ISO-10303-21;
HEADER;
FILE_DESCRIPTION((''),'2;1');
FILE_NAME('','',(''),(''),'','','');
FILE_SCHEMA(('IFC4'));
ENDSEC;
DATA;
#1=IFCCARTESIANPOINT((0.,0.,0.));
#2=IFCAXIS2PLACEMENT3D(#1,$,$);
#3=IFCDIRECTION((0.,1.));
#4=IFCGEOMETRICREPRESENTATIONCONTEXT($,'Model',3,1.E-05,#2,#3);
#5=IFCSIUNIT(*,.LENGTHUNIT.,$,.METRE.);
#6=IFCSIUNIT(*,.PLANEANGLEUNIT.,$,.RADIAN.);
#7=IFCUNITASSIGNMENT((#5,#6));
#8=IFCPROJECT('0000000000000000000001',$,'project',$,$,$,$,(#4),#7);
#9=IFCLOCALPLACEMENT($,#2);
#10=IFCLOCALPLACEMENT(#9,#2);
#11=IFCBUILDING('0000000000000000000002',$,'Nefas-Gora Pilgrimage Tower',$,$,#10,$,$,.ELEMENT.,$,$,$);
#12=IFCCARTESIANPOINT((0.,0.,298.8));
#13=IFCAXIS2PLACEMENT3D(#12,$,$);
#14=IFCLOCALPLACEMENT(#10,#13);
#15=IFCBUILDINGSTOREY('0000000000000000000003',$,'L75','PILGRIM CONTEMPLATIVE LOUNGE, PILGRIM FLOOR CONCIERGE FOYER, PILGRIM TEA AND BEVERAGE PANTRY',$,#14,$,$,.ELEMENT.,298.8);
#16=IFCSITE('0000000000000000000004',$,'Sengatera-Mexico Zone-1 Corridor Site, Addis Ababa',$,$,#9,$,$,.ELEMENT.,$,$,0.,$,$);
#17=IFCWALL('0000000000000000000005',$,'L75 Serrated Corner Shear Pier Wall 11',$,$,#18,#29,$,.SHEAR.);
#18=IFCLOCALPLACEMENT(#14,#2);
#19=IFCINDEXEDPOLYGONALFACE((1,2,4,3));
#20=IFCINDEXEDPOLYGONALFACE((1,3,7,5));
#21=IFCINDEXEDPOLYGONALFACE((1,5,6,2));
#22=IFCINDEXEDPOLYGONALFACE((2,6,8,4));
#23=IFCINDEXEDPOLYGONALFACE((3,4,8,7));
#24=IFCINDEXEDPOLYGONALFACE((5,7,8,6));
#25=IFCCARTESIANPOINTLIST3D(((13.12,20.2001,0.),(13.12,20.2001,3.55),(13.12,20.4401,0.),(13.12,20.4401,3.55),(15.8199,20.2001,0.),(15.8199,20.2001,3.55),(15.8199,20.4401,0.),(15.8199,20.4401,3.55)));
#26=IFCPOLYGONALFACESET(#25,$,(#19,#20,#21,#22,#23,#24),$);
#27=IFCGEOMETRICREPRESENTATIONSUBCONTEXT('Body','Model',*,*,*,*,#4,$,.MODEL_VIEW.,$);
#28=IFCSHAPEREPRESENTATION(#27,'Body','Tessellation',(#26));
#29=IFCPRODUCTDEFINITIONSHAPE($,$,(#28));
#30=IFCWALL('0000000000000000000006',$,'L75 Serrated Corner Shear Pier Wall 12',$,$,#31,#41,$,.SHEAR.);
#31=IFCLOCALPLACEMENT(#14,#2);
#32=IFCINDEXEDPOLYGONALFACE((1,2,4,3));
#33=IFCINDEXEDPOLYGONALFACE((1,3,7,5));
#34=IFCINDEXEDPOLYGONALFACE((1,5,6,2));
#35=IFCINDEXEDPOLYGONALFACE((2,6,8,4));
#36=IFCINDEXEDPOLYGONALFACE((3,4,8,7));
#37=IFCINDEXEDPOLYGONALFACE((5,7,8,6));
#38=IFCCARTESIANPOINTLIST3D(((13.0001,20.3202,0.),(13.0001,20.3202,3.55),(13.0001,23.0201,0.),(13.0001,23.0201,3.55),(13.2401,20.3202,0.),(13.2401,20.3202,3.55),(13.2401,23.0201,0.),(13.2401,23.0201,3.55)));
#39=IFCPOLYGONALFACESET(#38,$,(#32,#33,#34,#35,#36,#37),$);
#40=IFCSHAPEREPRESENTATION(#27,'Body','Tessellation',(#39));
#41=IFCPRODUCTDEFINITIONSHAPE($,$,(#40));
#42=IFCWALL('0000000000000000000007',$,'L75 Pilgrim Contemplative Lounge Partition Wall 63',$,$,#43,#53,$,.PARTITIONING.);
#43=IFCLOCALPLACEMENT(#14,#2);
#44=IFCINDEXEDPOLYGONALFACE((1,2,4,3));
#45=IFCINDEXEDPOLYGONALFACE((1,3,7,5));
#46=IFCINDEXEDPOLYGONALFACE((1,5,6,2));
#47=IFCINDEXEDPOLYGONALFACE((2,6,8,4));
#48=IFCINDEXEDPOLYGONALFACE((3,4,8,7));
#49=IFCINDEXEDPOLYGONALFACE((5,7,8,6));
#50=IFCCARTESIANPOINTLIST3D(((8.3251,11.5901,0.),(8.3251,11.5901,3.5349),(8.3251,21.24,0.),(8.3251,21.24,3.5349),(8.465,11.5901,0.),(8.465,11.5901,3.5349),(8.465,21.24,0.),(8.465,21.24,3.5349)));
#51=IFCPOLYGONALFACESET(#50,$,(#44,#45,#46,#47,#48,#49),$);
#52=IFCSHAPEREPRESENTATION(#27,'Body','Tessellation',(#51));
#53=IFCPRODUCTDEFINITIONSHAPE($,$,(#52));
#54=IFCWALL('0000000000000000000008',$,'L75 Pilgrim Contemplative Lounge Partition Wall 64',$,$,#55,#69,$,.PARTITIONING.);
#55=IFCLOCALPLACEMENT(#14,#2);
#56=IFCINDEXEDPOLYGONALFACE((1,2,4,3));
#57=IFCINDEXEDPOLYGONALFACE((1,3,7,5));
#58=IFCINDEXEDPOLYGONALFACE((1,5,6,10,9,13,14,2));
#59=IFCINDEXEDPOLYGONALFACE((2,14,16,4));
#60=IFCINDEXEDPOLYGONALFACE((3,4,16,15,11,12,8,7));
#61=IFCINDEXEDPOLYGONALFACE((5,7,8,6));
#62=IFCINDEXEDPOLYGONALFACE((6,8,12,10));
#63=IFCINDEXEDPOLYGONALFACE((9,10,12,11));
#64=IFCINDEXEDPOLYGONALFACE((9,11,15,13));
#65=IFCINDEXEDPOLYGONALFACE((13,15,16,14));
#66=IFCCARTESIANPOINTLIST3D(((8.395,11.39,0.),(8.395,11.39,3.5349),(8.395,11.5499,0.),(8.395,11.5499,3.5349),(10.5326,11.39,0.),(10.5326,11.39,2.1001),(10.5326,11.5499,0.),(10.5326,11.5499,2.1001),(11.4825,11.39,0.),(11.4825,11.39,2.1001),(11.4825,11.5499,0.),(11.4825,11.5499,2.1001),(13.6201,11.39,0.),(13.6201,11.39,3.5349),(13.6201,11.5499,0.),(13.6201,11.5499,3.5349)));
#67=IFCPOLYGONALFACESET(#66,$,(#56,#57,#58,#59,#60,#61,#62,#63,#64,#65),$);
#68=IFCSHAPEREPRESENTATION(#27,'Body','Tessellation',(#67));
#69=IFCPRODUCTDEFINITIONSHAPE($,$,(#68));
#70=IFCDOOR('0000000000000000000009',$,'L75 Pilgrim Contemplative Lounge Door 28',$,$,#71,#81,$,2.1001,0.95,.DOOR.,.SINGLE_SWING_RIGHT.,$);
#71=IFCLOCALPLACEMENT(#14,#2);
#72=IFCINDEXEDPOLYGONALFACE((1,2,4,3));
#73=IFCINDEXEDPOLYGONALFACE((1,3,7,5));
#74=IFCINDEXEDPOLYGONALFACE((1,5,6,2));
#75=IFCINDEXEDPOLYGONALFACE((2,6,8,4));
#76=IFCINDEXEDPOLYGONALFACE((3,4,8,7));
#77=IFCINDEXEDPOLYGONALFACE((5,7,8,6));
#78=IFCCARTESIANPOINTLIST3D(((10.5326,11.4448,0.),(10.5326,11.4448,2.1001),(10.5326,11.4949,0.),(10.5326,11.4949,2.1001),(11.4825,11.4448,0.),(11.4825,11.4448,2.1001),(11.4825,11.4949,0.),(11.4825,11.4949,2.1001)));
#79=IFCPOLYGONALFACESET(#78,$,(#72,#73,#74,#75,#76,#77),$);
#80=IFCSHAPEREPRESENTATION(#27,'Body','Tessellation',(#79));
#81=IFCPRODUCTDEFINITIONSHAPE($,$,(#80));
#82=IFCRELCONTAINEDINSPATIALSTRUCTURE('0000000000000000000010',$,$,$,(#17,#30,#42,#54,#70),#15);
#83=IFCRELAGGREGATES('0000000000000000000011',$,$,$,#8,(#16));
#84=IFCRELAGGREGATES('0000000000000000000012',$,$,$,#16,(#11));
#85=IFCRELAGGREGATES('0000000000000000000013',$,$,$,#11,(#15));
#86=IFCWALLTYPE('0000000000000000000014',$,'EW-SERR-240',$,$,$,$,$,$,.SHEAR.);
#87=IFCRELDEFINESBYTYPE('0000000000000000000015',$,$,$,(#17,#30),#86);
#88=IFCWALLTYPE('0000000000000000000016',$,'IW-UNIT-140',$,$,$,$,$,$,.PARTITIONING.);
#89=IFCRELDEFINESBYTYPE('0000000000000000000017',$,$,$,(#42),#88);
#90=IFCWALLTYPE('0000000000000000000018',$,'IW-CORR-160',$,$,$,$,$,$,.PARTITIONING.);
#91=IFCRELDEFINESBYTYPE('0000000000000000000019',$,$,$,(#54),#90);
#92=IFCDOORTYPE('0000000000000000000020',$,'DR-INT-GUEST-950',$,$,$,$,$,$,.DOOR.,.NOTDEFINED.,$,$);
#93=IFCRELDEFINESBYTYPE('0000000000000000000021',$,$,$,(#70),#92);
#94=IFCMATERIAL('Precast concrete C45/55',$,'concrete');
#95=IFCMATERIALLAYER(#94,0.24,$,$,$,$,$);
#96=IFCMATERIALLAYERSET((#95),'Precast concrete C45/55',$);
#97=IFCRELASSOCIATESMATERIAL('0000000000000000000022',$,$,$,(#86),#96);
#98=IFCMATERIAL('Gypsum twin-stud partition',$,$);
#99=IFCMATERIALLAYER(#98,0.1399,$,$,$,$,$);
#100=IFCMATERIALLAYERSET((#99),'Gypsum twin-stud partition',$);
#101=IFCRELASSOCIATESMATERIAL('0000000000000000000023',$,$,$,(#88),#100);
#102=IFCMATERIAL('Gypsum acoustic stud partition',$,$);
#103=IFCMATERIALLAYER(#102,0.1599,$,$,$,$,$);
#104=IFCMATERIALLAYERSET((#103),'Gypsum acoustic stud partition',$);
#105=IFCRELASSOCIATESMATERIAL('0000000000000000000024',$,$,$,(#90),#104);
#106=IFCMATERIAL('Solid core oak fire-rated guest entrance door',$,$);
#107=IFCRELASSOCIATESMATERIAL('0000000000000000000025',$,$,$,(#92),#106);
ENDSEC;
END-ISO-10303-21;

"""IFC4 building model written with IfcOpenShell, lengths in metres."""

from ifc_helpers import new_model, si_unit, direction, frame, frame_2d, origin, place, context, subcontext, project, spatial, rectangle, extrude, source, transform, mapped, material, layer, layer_set, type_object, element, fill, save


model = new_model("IFC4")

# Units and contexts
model_context = context("Model", 3, precision=1e-05, world=origin(), true_north=direction((0.0, 1.0)))
body_context = subcontext(model_context, "Body", "Model", "MODEL_VIEW")
ifc_project = project(units=[si_unit("LENGTHUNIT", "METRE"), si_unit("PLANEANGLEUNIT", "RADIAN")], contexts=[model_context])

# Site, building, storey
site_placement = place(None, origin())
site = spatial("IfcSite", under=ifc_project, at=site_placement, Name="Sengatera-Mexico Zone-1 Corridor Site, Addis Ababa", CompositionType="ELEMENT", RefElevation=0.0)
building_placement = place(site_placement, origin())
building = spatial("IfcBuilding", under=site, at=building_placement, Name="Nefas-Gora Pilgrimage Tower", CompositionType="ELEMENT")
storey_placement = place(building_placement, frame((0.0, 0.0, 298.8)))
storey = spatial("IfcBuildingStorey", under=building, at=storey_placement, Name="L75", Description="PILGRIM CONTEMPLATIVE LOUNGE, PILGRIM FLOOR CONCIERGE FOYER, PILGRIM TEA AND BEVERAGE PANTRY", CompositionType="ELEMENT", Elevation=298.8)

# Shared definitions
ifc_material_1 = material(Name="Precast concrete C45/55", Category="concrete")
ifc_layer_1 = layer(ifc_material_1, 0.24)
ifc_layer_set_1 = layer_set([ifc_layer_1], Name="Precast concrete C45/55")
wall_type_1 = type_object("IfcWallType", Name="EW-SERR-240", PredefinedType="SHEAR", material=ifc_layer_set_1)
shared_shape_1 = source(origin(), body_context, "Body", "SweptSolid", [
    extrude(rectangle(XDim=2.7, YDim=0.24, at=frame_2d((1.3501, 0.0))), origin(), (0.0, 0.0, 1.0), 3.55),
])

# Walls
for number, where, z_axis, x_axis, name in (
    (1, (15.8201, 20.3201, 0.0), (0.0, 0.0, 1.0), (-1.0, 0.0, 0.0), "L75 Serrated Corner Shear Pier Wall 11"),
    (2, (13.1201, 20.3201, 0.0), (0.0, 0.0, 1.0), (0.0, 1.0, 0.0), "L75 Serrated Corner Shear Pier Wall 12"),
):
    element("IfcWall", number, at=place(storey_placement, frame(where, z_axis=z_axis, x_axis=x_axis)), inside=storey, type_object=wall_type_1, Name=name, PredefinedType="SHEAR", context=body_context, shape_type="MappedRepresentation", body=[
        mapped(shared_shape_1, transform((0.0, 0.0, 0.0), x_axis=(1.0, 0.0, 0.0), y_axis=(0.0, 1.0, 0.0), z_axis=(0.0, 0.0, 1.0), scale=1.0)),
    ])
ifc_material_2 = material(Name="Gypsum twin-stud partition")
ifc_layer_2 = layer(ifc_material_2, 0.1399)
ifc_layer_set_2 = layer_set([ifc_layer_2], Name="Gypsum twin-stud partition")
wall_type_2 = type_object("IfcWallType", Name="IW-UNIT-140", PredefinedType="PARTITIONING", material=ifc_layer_set_2)
shared_shape_2 = source(origin(), body_context, "Body", "SweptSolid", [
    extrude(rectangle(XDim=9.6499, YDim=0.1399, at=frame_2d((4.825, 0.0))), origin(), (0.0, 0.0, 1.0), 3.5349),
])
wall_1_placement = place(storey_placement, frame((8.395, 11.5901, 0.0), z_axis=(0.0, 0.0, 1.0), x_axis=(0.0, 1.0, 0.0)))
element("IfcWall", 3, at=wall_1_placement, inside=storey, type_object=wall_type_2, Name="L75 Pilgrim Contemplative Lounge Partition Wall 63", PredefinedType="PARTITIONING", context=body_context, shape_type="MappedRepresentation", body=[
    mapped(shared_shape_2, transform((0.0, 0.0, 0.0), x_axis=(1.0, 0.0, 0.0), y_axis=(0.0, 1.0, 0.0), z_axis=(0.0, 0.0, 1.0), scale=1.0)),
])

# Wall, opening, door
ifc_material_3 = material(Name="Gypsum acoustic stud partition")
ifc_layer_3 = layer(ifc_material_3, 0.1599)
ifc_layer_set_3 = layer_set([ifc_layer_3], Name="Gypsum acoustic stud partition")
wall_type_3 = type_object("IfcWallType", Name="IW-CORR-160", PredefinedType="PARTITIONING", material=ifc_layer_set_3)
shared_shape_3 = source(origin(), body_context, "Body", "SweptSolid", [
    extrude(rectangle(XDim=5.2251, YDim=0.1599, at=frame_2d((2.6125, 0.0))), origin(), (0.0, 0.0, 1.0), 3.5349),
])
wall_2_placement = place(storey_placement, frame((8.395, 11.47, 0.0), z_axis=(0.0, 0.0, 1.0), x_axis=(1.0, 0.0, 0.0)))
wall_2 = element("IfcWall", 4, at=wall_2_placement, inside=storey, type_object=wall_type_3, Name="L75 Pilgrim Contemplative Lounge Partition Wall 64", PredefinedType="PARTITIONING", context=body_context, shape_type="MappedRepresentation", body=[
    mapped(shared_shape_3, transform((0.0, 0.0, 0.0), x_axis=(1.0, 0.0, 0.0), y_axis=(0.0, 1.0, 0.0), z_axis=(0.0, 0.0, 1.0), scale=1.0)),
])
opening_1_placement = place(wall_2_placement, frame((2.1375, 0.0, 0.0)))
opening_1 = element("IfcOpeningElement", 5, at=opening_1_placement, cuts=wall_2, PredefinedType="OPENING", context=body_context, shape_type="SweptSolid", body=[
    extrude(rectangle(XDim=0.95, YDim=2.1001, at=frame_2d((0.4751, 1.05))), frame((0.0, 0.0898, 0.0), z_axis=(0.0, -1.0, 0.0), x_axis=(1.0, 0.0, 0.0)), (0.0, 0.0, 1.0), 0.1799),
])
ifc_material_4 = material(Name="Solid core oak fire-rated guest entrance door")
door_type = type_object("IfcDoorType", Name="DR-INT-GUEST-950", OperationType="NOTDEFINED", PredefinedType="DOOR", material=ifc_material_4)
shared_shape_4 = source(origin(), body_context, "Body", "SweptSolid", [
    extrude(rectangle(XDim=0.95, YDim=2.1001, at=frame_2d((0.4751, 1.05))), frame((0.0, 0.0249, 0.0), z_axis=(0.0, -1.0, 0.0), x_axis=(1.0, 0.0, 0.0)), (0.0, 0.0, 1.0), 0.05),
])
door_placement = place(opening_1_placement, origin())
door = element("IfcDoor", 6, at=door_placement, inside=storey, type_object=door_type, Name="L75 Pilgrim Contemplative Lounge Door 28", OperationType="SINGLE_SWING_RIGHT", OverallHeight=2.1001, OverallWidth=0.95, PredefinedType="DOOR", context=body_context, shape_type="MappedRepresentation", body=[
    mapped(shared_shape_4, transform((0.0, 0.0, 0.0), x_axis=(1.0, 0.0, 0.0), y_axis=(0.0, 1.0, 0.0), z_axis=(0.0, 0.0, 1.0), scale=1.0)),
])
fill(opening_1, door)

save(model, "model.ifc")
